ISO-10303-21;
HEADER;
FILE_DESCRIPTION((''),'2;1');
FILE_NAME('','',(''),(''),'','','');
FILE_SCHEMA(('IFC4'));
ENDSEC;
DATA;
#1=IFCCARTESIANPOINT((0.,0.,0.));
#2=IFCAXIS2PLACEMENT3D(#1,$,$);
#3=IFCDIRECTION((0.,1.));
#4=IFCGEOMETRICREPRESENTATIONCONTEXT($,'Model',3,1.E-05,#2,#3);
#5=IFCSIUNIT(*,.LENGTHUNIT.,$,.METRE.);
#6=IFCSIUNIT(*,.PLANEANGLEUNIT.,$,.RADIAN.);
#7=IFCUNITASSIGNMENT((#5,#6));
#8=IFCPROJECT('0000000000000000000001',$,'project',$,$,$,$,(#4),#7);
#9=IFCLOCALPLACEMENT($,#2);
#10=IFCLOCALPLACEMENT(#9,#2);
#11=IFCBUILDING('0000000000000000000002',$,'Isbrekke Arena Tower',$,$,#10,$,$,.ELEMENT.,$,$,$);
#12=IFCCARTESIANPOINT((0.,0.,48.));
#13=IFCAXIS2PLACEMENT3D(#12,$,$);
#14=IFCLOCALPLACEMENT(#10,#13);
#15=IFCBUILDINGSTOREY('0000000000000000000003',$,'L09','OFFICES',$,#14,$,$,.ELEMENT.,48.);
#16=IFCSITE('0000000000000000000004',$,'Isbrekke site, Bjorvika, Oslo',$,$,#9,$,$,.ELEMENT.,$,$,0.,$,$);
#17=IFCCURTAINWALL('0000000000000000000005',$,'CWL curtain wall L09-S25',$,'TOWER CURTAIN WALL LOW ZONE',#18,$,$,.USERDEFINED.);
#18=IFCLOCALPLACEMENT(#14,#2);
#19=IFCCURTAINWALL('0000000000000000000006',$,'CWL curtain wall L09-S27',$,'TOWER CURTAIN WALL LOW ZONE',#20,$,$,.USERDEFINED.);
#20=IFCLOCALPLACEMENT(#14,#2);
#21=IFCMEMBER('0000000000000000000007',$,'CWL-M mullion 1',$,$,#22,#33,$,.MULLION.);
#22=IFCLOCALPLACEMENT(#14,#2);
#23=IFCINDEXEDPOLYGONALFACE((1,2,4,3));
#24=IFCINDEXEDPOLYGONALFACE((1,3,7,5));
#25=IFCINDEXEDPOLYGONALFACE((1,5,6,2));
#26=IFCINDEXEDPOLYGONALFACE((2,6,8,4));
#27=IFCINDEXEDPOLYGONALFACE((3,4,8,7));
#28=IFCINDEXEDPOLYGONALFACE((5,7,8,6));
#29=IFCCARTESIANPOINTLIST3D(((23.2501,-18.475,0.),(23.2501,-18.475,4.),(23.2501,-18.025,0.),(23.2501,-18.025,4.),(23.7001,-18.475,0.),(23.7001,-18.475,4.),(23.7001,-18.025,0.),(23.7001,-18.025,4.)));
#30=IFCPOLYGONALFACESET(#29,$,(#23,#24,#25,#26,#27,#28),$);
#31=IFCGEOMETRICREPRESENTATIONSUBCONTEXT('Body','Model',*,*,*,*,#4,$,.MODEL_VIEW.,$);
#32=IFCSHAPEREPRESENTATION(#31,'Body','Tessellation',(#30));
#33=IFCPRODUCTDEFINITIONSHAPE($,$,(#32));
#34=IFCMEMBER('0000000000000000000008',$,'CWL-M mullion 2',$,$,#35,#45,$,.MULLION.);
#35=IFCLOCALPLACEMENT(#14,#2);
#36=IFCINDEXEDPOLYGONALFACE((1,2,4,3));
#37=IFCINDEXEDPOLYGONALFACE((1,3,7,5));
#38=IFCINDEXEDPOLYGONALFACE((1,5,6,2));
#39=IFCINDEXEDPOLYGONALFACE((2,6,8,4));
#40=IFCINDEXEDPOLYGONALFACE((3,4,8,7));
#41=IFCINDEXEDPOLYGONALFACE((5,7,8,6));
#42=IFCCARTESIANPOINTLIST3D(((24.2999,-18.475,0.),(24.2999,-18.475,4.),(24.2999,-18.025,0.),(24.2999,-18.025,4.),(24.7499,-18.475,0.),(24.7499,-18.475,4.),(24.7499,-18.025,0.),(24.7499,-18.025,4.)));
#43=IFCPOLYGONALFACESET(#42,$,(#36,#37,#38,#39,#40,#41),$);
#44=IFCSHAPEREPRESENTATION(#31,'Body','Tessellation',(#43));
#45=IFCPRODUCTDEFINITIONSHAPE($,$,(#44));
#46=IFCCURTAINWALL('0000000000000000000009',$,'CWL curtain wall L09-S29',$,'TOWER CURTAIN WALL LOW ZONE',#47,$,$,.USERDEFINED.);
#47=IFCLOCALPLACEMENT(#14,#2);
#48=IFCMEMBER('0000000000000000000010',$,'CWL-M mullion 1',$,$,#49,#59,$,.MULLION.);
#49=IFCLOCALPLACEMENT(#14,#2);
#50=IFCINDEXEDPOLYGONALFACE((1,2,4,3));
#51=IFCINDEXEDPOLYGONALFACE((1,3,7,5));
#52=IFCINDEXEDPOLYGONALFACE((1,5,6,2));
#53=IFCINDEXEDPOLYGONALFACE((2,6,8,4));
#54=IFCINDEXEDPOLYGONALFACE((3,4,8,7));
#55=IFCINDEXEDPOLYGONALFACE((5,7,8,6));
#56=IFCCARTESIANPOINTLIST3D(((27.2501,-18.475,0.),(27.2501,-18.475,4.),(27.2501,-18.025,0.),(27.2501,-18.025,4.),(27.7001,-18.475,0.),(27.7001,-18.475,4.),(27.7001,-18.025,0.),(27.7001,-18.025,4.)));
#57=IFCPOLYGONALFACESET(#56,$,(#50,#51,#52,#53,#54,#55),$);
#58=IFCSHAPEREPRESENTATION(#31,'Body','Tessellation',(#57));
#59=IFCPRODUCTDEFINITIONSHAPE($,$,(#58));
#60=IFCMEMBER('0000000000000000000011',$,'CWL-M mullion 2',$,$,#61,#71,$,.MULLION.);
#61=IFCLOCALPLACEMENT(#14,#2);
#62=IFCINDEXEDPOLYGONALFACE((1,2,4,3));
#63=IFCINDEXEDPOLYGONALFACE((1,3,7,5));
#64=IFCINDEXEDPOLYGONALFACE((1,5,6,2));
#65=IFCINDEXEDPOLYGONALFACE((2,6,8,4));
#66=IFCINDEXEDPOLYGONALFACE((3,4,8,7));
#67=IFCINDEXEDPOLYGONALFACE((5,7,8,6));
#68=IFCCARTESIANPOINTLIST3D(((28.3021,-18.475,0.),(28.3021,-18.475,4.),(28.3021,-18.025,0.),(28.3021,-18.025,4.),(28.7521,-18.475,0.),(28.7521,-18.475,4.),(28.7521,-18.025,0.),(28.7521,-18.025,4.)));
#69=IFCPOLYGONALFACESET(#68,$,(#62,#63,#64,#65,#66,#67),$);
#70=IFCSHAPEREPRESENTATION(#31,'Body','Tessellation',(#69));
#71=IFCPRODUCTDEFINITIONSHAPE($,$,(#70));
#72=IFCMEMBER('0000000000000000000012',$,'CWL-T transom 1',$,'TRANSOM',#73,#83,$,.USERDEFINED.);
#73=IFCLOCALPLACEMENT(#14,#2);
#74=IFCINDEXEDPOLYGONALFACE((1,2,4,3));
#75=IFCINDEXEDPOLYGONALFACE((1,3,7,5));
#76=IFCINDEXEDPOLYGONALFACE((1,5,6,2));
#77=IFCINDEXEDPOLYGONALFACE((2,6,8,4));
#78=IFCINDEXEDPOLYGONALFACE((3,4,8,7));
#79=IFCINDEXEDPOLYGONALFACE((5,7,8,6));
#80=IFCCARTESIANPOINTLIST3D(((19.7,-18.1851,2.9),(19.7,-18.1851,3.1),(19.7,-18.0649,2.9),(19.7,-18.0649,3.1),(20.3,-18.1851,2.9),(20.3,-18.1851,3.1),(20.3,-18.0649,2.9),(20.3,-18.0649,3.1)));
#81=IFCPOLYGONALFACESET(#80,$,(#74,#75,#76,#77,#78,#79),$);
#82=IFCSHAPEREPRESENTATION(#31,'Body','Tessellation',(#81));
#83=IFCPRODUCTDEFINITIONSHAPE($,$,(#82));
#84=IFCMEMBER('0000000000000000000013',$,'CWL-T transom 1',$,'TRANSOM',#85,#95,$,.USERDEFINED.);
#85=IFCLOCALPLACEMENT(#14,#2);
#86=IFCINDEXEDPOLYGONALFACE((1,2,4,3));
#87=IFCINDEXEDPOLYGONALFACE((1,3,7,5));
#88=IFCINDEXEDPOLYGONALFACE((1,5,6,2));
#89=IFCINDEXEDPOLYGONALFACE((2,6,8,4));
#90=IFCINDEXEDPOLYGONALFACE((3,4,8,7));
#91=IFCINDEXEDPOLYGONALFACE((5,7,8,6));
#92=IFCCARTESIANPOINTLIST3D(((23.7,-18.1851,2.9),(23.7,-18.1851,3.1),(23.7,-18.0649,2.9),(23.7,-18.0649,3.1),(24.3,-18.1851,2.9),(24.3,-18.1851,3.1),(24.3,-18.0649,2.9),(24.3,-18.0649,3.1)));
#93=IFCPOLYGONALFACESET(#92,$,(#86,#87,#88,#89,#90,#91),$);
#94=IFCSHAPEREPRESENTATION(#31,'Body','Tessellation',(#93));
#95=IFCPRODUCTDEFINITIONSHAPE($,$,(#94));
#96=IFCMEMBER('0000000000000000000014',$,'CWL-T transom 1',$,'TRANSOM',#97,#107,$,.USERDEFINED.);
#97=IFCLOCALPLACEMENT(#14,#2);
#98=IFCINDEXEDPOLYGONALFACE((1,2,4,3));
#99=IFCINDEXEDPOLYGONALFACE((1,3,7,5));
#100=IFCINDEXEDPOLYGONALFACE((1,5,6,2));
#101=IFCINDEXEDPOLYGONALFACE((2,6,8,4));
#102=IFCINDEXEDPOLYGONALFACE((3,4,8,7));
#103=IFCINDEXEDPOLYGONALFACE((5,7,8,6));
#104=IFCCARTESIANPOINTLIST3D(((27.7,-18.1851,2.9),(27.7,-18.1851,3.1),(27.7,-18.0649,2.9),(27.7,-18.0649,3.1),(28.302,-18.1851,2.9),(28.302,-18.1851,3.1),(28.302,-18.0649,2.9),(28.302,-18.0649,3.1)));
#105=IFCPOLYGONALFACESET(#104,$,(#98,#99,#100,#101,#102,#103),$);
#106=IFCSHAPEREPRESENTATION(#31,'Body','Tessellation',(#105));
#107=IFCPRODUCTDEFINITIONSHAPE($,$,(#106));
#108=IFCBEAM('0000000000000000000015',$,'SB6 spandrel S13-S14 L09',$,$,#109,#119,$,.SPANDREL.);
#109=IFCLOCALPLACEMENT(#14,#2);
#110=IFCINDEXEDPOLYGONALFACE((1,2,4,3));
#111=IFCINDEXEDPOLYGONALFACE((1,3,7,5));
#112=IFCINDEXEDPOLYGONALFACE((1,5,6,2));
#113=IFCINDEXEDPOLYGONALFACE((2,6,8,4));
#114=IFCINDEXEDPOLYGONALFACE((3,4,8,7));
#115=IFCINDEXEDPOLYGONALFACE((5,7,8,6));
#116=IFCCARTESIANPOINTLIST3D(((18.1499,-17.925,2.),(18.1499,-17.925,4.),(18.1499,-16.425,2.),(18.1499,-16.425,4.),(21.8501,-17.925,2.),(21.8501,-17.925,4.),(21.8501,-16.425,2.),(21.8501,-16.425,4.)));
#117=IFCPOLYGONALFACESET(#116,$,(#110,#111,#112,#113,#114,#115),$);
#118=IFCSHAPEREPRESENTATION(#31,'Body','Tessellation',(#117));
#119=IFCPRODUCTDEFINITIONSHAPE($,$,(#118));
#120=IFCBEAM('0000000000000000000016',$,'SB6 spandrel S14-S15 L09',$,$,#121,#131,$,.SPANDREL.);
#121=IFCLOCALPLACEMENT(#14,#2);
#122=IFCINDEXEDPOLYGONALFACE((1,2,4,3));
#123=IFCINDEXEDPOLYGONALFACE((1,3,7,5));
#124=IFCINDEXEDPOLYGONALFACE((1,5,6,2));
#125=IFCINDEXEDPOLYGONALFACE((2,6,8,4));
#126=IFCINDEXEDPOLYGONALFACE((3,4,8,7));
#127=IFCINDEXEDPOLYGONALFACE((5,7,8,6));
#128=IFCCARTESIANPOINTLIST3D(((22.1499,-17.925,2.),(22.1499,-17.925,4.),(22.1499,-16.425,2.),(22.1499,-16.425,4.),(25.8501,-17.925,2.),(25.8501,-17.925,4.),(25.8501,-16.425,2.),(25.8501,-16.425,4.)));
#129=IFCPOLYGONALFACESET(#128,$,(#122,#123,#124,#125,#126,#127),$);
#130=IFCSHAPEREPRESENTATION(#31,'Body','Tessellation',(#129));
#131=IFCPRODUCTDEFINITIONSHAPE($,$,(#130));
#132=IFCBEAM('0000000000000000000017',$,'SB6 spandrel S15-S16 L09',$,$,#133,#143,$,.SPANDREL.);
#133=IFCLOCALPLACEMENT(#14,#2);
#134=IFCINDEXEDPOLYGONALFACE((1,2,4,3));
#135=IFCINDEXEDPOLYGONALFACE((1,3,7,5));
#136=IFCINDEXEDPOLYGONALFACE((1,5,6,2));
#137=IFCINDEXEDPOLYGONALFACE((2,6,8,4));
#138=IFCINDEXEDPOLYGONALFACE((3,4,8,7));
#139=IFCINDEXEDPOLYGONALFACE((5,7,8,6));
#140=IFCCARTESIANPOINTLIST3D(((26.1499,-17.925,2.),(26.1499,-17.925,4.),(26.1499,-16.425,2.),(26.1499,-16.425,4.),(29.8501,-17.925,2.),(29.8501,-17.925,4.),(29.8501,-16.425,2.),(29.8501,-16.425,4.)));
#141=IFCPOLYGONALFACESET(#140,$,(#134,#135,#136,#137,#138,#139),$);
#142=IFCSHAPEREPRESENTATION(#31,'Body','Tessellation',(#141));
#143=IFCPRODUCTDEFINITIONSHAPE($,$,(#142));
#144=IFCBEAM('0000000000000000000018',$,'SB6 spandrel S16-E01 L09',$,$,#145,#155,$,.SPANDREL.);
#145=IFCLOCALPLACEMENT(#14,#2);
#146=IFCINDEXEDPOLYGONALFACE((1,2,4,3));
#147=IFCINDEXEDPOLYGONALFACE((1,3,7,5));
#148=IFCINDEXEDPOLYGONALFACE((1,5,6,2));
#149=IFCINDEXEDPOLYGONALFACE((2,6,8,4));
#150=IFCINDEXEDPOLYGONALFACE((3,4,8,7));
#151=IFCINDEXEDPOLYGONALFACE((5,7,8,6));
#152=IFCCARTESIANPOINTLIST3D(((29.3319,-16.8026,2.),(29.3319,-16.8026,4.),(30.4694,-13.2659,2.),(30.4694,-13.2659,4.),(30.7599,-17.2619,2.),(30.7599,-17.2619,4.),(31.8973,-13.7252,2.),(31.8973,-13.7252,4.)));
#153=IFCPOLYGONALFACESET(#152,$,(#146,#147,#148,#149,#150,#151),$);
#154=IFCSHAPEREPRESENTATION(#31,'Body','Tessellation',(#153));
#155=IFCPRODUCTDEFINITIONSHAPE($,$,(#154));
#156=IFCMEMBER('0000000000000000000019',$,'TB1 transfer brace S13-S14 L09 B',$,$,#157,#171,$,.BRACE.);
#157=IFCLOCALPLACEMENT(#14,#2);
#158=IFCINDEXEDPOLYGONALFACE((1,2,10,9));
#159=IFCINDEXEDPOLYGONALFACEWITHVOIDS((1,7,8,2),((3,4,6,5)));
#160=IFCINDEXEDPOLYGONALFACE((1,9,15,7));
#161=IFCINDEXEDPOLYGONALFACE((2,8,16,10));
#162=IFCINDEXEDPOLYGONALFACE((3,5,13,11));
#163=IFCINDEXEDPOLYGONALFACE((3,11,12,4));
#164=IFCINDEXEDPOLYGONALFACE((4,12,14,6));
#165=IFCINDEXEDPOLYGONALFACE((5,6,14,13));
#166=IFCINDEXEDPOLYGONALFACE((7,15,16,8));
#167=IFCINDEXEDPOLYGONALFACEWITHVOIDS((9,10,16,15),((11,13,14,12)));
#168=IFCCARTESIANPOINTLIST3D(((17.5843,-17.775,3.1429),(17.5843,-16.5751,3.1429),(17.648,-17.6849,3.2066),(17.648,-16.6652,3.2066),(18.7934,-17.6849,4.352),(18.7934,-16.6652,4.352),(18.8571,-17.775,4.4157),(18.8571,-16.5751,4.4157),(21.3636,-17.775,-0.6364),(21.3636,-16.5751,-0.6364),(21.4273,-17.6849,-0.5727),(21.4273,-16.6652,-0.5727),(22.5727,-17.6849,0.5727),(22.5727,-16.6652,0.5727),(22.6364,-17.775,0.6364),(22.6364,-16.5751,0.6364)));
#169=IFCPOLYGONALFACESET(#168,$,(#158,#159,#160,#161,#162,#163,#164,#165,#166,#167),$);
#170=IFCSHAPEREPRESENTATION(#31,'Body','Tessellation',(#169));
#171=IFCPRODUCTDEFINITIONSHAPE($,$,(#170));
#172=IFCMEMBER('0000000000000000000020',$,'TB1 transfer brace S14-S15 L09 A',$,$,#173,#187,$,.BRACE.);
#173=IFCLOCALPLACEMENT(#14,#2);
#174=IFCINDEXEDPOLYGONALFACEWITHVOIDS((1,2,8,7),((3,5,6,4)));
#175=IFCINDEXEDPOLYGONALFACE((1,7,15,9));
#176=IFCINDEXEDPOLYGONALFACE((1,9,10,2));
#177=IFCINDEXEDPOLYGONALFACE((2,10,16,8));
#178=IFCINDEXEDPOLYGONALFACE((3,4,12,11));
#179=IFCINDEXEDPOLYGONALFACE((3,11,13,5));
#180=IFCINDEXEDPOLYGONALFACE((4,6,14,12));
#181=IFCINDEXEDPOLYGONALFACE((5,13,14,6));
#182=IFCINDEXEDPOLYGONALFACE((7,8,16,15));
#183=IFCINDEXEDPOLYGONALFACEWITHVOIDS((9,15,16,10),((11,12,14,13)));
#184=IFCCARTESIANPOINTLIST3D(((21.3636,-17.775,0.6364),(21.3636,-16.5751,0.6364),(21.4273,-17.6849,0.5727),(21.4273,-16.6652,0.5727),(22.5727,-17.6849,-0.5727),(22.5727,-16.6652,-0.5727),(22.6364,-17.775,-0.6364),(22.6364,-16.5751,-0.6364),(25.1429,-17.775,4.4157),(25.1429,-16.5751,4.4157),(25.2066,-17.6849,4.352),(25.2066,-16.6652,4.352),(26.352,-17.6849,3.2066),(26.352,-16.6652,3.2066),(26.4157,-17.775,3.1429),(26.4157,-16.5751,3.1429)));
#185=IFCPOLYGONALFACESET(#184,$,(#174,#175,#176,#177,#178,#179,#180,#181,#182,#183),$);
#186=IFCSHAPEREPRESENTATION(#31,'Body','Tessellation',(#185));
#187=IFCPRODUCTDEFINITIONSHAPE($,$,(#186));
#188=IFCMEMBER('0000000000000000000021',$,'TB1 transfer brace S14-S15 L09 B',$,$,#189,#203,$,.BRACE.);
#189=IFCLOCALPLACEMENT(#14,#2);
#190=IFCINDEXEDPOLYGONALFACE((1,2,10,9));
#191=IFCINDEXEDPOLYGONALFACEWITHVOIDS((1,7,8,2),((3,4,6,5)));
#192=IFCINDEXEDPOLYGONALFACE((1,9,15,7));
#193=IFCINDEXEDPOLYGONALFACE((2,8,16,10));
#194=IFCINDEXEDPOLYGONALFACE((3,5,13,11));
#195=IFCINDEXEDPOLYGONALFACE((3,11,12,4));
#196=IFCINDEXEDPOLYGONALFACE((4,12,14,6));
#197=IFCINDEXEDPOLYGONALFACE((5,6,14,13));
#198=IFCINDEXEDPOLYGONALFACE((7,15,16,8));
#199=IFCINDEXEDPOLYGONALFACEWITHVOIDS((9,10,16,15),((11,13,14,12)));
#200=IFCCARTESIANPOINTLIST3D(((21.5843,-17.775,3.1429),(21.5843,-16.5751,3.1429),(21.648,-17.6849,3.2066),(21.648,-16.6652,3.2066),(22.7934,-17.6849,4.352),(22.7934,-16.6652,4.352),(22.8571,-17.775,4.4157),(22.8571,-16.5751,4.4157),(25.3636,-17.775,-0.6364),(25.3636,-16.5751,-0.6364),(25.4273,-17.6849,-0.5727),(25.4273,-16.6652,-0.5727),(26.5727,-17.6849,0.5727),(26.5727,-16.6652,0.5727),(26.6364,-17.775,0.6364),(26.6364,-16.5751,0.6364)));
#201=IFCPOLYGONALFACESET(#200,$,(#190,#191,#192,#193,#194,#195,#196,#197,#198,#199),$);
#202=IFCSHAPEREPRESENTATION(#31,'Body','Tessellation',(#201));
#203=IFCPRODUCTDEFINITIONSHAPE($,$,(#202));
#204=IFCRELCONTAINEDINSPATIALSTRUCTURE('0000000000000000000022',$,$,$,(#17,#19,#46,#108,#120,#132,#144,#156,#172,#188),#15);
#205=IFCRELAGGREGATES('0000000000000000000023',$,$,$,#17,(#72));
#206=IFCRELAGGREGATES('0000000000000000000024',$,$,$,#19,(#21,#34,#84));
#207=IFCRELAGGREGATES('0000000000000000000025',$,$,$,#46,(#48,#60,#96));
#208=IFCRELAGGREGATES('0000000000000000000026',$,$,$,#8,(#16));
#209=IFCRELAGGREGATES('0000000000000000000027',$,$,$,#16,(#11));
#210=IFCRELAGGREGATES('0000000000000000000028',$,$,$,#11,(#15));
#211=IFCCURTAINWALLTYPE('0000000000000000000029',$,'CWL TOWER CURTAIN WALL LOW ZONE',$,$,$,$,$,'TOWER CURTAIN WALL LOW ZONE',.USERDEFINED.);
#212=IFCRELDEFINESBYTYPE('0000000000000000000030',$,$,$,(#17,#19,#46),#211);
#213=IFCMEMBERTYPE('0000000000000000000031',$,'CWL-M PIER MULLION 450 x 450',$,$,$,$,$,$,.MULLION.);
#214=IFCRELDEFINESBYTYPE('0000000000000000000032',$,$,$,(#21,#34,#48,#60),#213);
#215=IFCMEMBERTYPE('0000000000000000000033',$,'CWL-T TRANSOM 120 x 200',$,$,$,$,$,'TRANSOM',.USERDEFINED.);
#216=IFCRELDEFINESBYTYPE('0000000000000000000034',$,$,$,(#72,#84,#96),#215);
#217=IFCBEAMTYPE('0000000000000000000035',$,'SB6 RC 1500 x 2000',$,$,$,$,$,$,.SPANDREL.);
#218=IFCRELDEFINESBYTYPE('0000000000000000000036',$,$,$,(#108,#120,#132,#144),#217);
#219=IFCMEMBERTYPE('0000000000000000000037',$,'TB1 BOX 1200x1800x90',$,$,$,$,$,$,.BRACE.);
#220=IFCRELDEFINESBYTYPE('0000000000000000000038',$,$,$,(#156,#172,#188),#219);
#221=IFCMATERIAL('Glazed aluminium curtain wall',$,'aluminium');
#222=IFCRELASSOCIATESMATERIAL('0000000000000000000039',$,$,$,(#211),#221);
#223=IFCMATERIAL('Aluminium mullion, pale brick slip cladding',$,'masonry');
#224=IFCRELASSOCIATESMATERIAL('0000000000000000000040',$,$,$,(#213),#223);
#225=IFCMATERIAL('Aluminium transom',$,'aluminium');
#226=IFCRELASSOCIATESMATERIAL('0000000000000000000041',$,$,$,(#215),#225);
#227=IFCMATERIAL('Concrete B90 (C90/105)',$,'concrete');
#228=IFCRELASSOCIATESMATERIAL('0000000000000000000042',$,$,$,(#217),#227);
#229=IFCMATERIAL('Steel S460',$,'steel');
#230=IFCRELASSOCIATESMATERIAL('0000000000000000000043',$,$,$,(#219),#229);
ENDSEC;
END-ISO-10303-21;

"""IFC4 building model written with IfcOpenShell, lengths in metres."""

from ifc_helpers import new_model, si_unit, direction, frame, origin, origin_2d, place, context, subcontext, project, spatial, rectangle, hollow_rectangle, extrude, material, material_profile, profile_set, type_object, element, aggregate, save


model = new_model("IFC4")

# Units and contexts
model_context = context("Model", 3, precision=1e-05, world=origin(), true_north=direction((0.0, 1.0)))
body_context = subcontext(model_context, "Body", "Model", "MODEL_VIEW")
ifc_project = project(units=[si_unit("LENGTHUNIT", "METRE"), si_unit("PLANEANGLEUNIT", "RADIAN")], contexts=[model_context])

# Site, building, storey
site_placement = place(None, origin())
site = spatial("IfcSite", under=ifc_project, at=site_placement, Name="Isbrekke site, Bjorvika, Oslo", CompositionType="ELEMENT", RefElevation=0.0)
building_placement = place(site_placement, origin())
building = spatial("IfcBuilding", under=site, at=building_placement, Name="Isbrekke Arena Tower", CompositionType="ELEMENT")
storey_placement = place(building_placement, frame((0.0, 0.0, 48.0)))
storey = spatial("IfcBuildingStorey", under=building, at=storey_placement, Name="L09", Description="OFFICES", CompositionType="ELEMENT", Elevation=48.0)

# Curtain walls, members
ifc_material_1 = material(Name="Glazed aluminium curtain wall", Category="aluminium")
curtain_wall_type = type_object("IfcCurtainWallType", Name="CWL TOWER CURTAIN WALL LOW ZONE", ElementType="TOWER CURTAIN WALL LOW ZONE", PredefinedType="USERDEFINED", material=ifc_material_1)
curtain_wall_1_placement = place(storey_placement, origin())
curtain_wall_1 = element("IfcCurtainWall", 1, at=curtain_wall_1_placement, inside=storey, type_object=curtain_wall_type, Name="CWL curtain wall L09-S25", ObjectType="TOWER CURTAIN WALL LOW ZONE", PredefinedType="USERDEFINED")
ifc_material_2 = material(Name="Aluminium mullion, pale brick slip cladding", Category="masonry")
ifc_material_profile_1 = material_profile(ifc_material_2, rectangle(XDim=0.45, YDim=0.45, at=origin_2d()), Name="PIER 450X450")
ifc_profile_set_1 = profile_set([ifc_material_profile_1], Name="Aluminium mullion, pale brick slip cladding")
member_type_1 = type_object("IfcMemberType", Name="CWL-M PIER MULLION 450 x 450", PredefinedType="MULLION", material=ifc_profile_set_1)
curtain_wall_2_placement = place(storey_placement, origin())
curtain_wall_2 = element("IfcCurtainWall", 2, at=curtain_wall_2_placement, inside=storey, type_object=curtain_wall_type, Name="CWL curtain wall L09-S27", ObjectType="TOWER CURTAIN WALL LOW ZONE", PredefinedType="USERDEFINED")
member_1_placement = place(storey_placement, frame((23.4751, -18.25, 0.0), z_axis=(0.0, 0.0, 1.0), x_axis=(1.0, 0.0, 0.0)))
member_1 = element("IfcMember", 3, at=member_1_placement, type_object=member_type_1, Name="CWL-M mullion 1", PredefinedType="MULLION", context=body_context, shape_type="SweptSolid", body=[
    extrude(rectangle(XDim=0.45, YDim=0.45, at=origin_2d()), origin(), (0.0, 0.0, 1.0), 4.0),
])
member_2_placement = place(storey_placement, frame((24.5249, -18.25, 0.0), z_axis=(0.0, 0.0, 1.0), x_axis=(1.0, 0.0, 0.0)))
member_2 = element("IfcMember", 4, at=member_2_placement, type_object=member_type_1, Name="CWL-M mullion 2", PredefinedType="MULLION", context=body_context, shape_type="SweptSolid", body=[
    extrude(rectangle(XDim=0.45, YDim=0.45, at=origin_2d()), origin(), (0.0, 0.0, 1.0), 4.0),
])
curtain_wall_3_placement = place(storey_placement, origin())
curtain_wall_3 = element("IfcCurtainWall", 5, at=curtain_wall_3_placement, inside=storey, type_object=curtain_wall_type, Name="CWL curtain wall L09-S29", ObjectType="TOWER CURTAIN WALL LOW ZONE", PredefinedType="USERDEFINED")
member_3_placement = place(storey_placement, frame((27.4751, -18.25, 0.0), z_axis=(0.0, 0.0, 1.0), x_axis=(1.0, 0.0, 0.0)))
member_3 = element("IfcMember", 6, at=member_3_placement, type_object=member_type_1, Name="CWL-M mullion 1", PredefinedType="MULLION", context=body_context, shape_type="SweptSolid", body=[
    extrude(rectangle(XDim=0.45, YDim=0.45, at=origin_2d()), origin(), (0.0, 0.0, 1.0), 4.0),
])
member_4_placement = place(storey_placement, frame((28.5271, -18.25, 0.0), z_axis=(0.0, 0.0, 1.0), x_axis=(1.0, 0.0, 0.0)))
member_4 = element("IfcMember", 7, at=member_4_placement, type_object=member_type_1, Name="CWL-M mullion 2", PredefinedType="MULLION", context=body_context, shape_type="SweptSolid", body=[
    extrude(rectangle(XDim=0.45, YDim=0.45, at=origin_2d()), origin(), (0.0, 0.0, 1.0), 4.0),
])

# Members
ifc_material_3 = material(Name="Aluminium transom", Category="aluminium")
ifc_material_profile_2 = material_profile(ifc_material_3, rectangle(XDim=0.1201, YDim=0.2, at=origin_2d()), Name="TRANSOM 120X200")
ifc_profile_set_2 = profile_set([ifc_material_profile_2], Name="Aluminium transom")
member_type_2 = type_object("IfcMemberType", Name="CWL-T TRANSOM 120 x 200", ElementType="TRANSOM", PredefinedType="USERDEFINED", material=ifc_profile_set_2)
member_5_placement = place(storey_placement, frame((19.7, -18.125, 3.0), z_axis=(1.0, 0.0, 0.0), x_axis=(0.0, 1.0, 0.0)))
member_5 = element("IfcMember", 8, at=member_5_placement, type_object=member_type_2, Name="CWL-T transom 1", ObjectType="TRANSOM", PredefinedType="USERDEFINED", context=body_context, shape_type="SweptSolid", body=[
    extrude(rectangle(XDim=0.1201, YDim=0.2, at=origin_2d()), origin(), (0.0, 0.0, 1.0), 0.6001),
])
member_6_placement = place(storey_placement, frame((23.7, -18.125, 3.0), z_axis=(1.0, 0.0, 0.0), x_axis=(0.0, 1.0, 0.0)))
member_6 = element("IfcMember", 9, at=member_6_placement, type_object=member_type_2, Name="CWL-T transom 1", ObjectType="TRANSOM", PredefinedType="USERDEFINED", context=body_context, shape_type="SweptSolid", body=[
    extrude(rectangle(XDim=0.1201, YDim=0.2, at=origin_2d()), origin(), (0.0, 0.0, 1.0), 0.6001),
])
member_7_placement = place(storey_placement, frame((27.7, -18.125, 3.0), z_axis=(1.0, 0.0, 0.0), x_axis=(0.0, 1.0, 0.0)))
member_7 = element("IfcMember", 10, at=member_7_placement, type_object=member_type_2, Name="CWL-T transom 1", ObjectType="TRANSOM", PredefinedType="USERDEFINED", context=body_context, shape_type="SweptSolid", body=[
    extrude(rectangle(XDim=0.1201, YDim=0.2, at=origin_2d()), origin(), (0.0, 0.0, 1.0), 0.6021),
])

# Beams
ifc_material_4 = material(Name="Concrete B90 (C90/105)", Category="concrete")
ifc_material_profile_3 = material_profile(ifc_material_4, rectangle(XDim=1.5, YDim=2.0, at=origin_2d()), Name="RC 1500x2000")
ifc_profile_set_3 = profile_set([ifc_material_profile_3], Name="Concrete B90 (C90/105)")
beam_type_1 = type_object("IfcBeamType", Name="SB6 RC 1500 x 2000", PredefinedType="SPANDREL", material=ifc_profile_set_3)
for number, where, z_axis, x_axis, name in (
    (11, (18.1499, -17.175, 3.0), (1.0, 0.0, 0.0), (0.0, 1.0, 0.0), "SB6 spandrel S13-S14 L09"),
    (12, (22.1499, -17.175, 3.0), (1.0, 0.0, 0.0), (0.0, 1.0, 0.0), "SB6 spandrel S14-S15 L09"),
    (13, (26.1499, -17.175, 3.0), (1.0, 0.0, 0.0), (0.0, 1.0, 0.0), "SB6 spandrel S15-S16 L09"),
):
    element("IfcBeam", number, at=place(storey_placement, frame(where, z_axis=z_axis, x_axis=x_axis)), inside=storey, type_object=beam_type_1, Name=name, PredefinedType="SPANDREL", context=body_context, shape_type="SweptSolid", body=[
        extrude(rectangle(XDim=1.5, YDim=2.0, at=origin_2d()), origin(), (0.0, 0.0, 1.0), 3.7002),
    ])
beam_placement = place(storey_placement, frame((30.0459, -17.0322, 3.0), z_axis=(0.306175, 0.951975, 0.0), x_axis=(-0.951975, 0.306175, 0.0)))
element("IfcBeam", 14, at=beam_placement, inside=storey, type_object=beam_type_1, Name="SB6 spandrel S16-E01 L09", PredefinedType="SPANDREL", context=body_context, shape_type="SweptSolid", body=[
    extrude(rectangle(XDim=1.5, YDim=2.0, at=origin_2d()), origin(), (0.0, 0.0, 1.0), 3.7151),
])

# Members
ifc_material_5 = material(Name="Steel S460", Category="steel")
ifc_material_profile_4 = material_profile(ifc_material_5, hollow_rectangle(XDim=1.2, YDim=1.8, WallThickness=0.0901, at=origin_2d()), Name="BOX 1200x1800x90")
ifc_profile_set_4 = profile_set([ifc_material_profile_4], Name="Steel S460")
member_type_3 = type_object("IfcMemberType", Name="TB1 BOX 1200x1800x90", PredefinedType="BRACE", material=ifc_profile_set_4)
for number, where, z_axis, x_axis, name in (
    (15, (18.2207, -17.175, 3.7793), (0.707107, 0.0, -0.707107), (0.0, 1.0, 0.0), "TB1 transfer brace S13-S14 L09 B"),
    (16, (22.0, -17.175, 0.0), (0.707107, 0.0, 0.707107), (0.0, 1.0, 0.0), "TB1 transfer brace S14-S15 L09 A"),
    (17, (22.2207, -17.175, 3.7793), (0.707107, 0.0, -0.707107), (0.0, 1.0, 0.0), "TB1 transfer brace S14-S15 L09 B"),
):
    element("IfcMember", number, at=place(storey_placement, frame(where, z_axis=z_axis, x_axis=x_axis)), inside=storey, type_object=member_type_3, Name=name, PredefinedType="BRACE", context=body_context, shape_type="SweptSolid", body=[
        extrude(hollow_rectangle(XDim=1.2, YDim=1.8, WallThickness=0.0901, at=origin_2d()), origin(), (0.0, 0.0, 1.0), 5.3447),
    ])

aggregate(curtain_wall_1, [member_5])
aggregate(curtain_wall_2, [member_1, member_2, member_6])
aggregate(curtain_wall_3, [member_3, member_4, member_7])

save(model, "model.ifc")
